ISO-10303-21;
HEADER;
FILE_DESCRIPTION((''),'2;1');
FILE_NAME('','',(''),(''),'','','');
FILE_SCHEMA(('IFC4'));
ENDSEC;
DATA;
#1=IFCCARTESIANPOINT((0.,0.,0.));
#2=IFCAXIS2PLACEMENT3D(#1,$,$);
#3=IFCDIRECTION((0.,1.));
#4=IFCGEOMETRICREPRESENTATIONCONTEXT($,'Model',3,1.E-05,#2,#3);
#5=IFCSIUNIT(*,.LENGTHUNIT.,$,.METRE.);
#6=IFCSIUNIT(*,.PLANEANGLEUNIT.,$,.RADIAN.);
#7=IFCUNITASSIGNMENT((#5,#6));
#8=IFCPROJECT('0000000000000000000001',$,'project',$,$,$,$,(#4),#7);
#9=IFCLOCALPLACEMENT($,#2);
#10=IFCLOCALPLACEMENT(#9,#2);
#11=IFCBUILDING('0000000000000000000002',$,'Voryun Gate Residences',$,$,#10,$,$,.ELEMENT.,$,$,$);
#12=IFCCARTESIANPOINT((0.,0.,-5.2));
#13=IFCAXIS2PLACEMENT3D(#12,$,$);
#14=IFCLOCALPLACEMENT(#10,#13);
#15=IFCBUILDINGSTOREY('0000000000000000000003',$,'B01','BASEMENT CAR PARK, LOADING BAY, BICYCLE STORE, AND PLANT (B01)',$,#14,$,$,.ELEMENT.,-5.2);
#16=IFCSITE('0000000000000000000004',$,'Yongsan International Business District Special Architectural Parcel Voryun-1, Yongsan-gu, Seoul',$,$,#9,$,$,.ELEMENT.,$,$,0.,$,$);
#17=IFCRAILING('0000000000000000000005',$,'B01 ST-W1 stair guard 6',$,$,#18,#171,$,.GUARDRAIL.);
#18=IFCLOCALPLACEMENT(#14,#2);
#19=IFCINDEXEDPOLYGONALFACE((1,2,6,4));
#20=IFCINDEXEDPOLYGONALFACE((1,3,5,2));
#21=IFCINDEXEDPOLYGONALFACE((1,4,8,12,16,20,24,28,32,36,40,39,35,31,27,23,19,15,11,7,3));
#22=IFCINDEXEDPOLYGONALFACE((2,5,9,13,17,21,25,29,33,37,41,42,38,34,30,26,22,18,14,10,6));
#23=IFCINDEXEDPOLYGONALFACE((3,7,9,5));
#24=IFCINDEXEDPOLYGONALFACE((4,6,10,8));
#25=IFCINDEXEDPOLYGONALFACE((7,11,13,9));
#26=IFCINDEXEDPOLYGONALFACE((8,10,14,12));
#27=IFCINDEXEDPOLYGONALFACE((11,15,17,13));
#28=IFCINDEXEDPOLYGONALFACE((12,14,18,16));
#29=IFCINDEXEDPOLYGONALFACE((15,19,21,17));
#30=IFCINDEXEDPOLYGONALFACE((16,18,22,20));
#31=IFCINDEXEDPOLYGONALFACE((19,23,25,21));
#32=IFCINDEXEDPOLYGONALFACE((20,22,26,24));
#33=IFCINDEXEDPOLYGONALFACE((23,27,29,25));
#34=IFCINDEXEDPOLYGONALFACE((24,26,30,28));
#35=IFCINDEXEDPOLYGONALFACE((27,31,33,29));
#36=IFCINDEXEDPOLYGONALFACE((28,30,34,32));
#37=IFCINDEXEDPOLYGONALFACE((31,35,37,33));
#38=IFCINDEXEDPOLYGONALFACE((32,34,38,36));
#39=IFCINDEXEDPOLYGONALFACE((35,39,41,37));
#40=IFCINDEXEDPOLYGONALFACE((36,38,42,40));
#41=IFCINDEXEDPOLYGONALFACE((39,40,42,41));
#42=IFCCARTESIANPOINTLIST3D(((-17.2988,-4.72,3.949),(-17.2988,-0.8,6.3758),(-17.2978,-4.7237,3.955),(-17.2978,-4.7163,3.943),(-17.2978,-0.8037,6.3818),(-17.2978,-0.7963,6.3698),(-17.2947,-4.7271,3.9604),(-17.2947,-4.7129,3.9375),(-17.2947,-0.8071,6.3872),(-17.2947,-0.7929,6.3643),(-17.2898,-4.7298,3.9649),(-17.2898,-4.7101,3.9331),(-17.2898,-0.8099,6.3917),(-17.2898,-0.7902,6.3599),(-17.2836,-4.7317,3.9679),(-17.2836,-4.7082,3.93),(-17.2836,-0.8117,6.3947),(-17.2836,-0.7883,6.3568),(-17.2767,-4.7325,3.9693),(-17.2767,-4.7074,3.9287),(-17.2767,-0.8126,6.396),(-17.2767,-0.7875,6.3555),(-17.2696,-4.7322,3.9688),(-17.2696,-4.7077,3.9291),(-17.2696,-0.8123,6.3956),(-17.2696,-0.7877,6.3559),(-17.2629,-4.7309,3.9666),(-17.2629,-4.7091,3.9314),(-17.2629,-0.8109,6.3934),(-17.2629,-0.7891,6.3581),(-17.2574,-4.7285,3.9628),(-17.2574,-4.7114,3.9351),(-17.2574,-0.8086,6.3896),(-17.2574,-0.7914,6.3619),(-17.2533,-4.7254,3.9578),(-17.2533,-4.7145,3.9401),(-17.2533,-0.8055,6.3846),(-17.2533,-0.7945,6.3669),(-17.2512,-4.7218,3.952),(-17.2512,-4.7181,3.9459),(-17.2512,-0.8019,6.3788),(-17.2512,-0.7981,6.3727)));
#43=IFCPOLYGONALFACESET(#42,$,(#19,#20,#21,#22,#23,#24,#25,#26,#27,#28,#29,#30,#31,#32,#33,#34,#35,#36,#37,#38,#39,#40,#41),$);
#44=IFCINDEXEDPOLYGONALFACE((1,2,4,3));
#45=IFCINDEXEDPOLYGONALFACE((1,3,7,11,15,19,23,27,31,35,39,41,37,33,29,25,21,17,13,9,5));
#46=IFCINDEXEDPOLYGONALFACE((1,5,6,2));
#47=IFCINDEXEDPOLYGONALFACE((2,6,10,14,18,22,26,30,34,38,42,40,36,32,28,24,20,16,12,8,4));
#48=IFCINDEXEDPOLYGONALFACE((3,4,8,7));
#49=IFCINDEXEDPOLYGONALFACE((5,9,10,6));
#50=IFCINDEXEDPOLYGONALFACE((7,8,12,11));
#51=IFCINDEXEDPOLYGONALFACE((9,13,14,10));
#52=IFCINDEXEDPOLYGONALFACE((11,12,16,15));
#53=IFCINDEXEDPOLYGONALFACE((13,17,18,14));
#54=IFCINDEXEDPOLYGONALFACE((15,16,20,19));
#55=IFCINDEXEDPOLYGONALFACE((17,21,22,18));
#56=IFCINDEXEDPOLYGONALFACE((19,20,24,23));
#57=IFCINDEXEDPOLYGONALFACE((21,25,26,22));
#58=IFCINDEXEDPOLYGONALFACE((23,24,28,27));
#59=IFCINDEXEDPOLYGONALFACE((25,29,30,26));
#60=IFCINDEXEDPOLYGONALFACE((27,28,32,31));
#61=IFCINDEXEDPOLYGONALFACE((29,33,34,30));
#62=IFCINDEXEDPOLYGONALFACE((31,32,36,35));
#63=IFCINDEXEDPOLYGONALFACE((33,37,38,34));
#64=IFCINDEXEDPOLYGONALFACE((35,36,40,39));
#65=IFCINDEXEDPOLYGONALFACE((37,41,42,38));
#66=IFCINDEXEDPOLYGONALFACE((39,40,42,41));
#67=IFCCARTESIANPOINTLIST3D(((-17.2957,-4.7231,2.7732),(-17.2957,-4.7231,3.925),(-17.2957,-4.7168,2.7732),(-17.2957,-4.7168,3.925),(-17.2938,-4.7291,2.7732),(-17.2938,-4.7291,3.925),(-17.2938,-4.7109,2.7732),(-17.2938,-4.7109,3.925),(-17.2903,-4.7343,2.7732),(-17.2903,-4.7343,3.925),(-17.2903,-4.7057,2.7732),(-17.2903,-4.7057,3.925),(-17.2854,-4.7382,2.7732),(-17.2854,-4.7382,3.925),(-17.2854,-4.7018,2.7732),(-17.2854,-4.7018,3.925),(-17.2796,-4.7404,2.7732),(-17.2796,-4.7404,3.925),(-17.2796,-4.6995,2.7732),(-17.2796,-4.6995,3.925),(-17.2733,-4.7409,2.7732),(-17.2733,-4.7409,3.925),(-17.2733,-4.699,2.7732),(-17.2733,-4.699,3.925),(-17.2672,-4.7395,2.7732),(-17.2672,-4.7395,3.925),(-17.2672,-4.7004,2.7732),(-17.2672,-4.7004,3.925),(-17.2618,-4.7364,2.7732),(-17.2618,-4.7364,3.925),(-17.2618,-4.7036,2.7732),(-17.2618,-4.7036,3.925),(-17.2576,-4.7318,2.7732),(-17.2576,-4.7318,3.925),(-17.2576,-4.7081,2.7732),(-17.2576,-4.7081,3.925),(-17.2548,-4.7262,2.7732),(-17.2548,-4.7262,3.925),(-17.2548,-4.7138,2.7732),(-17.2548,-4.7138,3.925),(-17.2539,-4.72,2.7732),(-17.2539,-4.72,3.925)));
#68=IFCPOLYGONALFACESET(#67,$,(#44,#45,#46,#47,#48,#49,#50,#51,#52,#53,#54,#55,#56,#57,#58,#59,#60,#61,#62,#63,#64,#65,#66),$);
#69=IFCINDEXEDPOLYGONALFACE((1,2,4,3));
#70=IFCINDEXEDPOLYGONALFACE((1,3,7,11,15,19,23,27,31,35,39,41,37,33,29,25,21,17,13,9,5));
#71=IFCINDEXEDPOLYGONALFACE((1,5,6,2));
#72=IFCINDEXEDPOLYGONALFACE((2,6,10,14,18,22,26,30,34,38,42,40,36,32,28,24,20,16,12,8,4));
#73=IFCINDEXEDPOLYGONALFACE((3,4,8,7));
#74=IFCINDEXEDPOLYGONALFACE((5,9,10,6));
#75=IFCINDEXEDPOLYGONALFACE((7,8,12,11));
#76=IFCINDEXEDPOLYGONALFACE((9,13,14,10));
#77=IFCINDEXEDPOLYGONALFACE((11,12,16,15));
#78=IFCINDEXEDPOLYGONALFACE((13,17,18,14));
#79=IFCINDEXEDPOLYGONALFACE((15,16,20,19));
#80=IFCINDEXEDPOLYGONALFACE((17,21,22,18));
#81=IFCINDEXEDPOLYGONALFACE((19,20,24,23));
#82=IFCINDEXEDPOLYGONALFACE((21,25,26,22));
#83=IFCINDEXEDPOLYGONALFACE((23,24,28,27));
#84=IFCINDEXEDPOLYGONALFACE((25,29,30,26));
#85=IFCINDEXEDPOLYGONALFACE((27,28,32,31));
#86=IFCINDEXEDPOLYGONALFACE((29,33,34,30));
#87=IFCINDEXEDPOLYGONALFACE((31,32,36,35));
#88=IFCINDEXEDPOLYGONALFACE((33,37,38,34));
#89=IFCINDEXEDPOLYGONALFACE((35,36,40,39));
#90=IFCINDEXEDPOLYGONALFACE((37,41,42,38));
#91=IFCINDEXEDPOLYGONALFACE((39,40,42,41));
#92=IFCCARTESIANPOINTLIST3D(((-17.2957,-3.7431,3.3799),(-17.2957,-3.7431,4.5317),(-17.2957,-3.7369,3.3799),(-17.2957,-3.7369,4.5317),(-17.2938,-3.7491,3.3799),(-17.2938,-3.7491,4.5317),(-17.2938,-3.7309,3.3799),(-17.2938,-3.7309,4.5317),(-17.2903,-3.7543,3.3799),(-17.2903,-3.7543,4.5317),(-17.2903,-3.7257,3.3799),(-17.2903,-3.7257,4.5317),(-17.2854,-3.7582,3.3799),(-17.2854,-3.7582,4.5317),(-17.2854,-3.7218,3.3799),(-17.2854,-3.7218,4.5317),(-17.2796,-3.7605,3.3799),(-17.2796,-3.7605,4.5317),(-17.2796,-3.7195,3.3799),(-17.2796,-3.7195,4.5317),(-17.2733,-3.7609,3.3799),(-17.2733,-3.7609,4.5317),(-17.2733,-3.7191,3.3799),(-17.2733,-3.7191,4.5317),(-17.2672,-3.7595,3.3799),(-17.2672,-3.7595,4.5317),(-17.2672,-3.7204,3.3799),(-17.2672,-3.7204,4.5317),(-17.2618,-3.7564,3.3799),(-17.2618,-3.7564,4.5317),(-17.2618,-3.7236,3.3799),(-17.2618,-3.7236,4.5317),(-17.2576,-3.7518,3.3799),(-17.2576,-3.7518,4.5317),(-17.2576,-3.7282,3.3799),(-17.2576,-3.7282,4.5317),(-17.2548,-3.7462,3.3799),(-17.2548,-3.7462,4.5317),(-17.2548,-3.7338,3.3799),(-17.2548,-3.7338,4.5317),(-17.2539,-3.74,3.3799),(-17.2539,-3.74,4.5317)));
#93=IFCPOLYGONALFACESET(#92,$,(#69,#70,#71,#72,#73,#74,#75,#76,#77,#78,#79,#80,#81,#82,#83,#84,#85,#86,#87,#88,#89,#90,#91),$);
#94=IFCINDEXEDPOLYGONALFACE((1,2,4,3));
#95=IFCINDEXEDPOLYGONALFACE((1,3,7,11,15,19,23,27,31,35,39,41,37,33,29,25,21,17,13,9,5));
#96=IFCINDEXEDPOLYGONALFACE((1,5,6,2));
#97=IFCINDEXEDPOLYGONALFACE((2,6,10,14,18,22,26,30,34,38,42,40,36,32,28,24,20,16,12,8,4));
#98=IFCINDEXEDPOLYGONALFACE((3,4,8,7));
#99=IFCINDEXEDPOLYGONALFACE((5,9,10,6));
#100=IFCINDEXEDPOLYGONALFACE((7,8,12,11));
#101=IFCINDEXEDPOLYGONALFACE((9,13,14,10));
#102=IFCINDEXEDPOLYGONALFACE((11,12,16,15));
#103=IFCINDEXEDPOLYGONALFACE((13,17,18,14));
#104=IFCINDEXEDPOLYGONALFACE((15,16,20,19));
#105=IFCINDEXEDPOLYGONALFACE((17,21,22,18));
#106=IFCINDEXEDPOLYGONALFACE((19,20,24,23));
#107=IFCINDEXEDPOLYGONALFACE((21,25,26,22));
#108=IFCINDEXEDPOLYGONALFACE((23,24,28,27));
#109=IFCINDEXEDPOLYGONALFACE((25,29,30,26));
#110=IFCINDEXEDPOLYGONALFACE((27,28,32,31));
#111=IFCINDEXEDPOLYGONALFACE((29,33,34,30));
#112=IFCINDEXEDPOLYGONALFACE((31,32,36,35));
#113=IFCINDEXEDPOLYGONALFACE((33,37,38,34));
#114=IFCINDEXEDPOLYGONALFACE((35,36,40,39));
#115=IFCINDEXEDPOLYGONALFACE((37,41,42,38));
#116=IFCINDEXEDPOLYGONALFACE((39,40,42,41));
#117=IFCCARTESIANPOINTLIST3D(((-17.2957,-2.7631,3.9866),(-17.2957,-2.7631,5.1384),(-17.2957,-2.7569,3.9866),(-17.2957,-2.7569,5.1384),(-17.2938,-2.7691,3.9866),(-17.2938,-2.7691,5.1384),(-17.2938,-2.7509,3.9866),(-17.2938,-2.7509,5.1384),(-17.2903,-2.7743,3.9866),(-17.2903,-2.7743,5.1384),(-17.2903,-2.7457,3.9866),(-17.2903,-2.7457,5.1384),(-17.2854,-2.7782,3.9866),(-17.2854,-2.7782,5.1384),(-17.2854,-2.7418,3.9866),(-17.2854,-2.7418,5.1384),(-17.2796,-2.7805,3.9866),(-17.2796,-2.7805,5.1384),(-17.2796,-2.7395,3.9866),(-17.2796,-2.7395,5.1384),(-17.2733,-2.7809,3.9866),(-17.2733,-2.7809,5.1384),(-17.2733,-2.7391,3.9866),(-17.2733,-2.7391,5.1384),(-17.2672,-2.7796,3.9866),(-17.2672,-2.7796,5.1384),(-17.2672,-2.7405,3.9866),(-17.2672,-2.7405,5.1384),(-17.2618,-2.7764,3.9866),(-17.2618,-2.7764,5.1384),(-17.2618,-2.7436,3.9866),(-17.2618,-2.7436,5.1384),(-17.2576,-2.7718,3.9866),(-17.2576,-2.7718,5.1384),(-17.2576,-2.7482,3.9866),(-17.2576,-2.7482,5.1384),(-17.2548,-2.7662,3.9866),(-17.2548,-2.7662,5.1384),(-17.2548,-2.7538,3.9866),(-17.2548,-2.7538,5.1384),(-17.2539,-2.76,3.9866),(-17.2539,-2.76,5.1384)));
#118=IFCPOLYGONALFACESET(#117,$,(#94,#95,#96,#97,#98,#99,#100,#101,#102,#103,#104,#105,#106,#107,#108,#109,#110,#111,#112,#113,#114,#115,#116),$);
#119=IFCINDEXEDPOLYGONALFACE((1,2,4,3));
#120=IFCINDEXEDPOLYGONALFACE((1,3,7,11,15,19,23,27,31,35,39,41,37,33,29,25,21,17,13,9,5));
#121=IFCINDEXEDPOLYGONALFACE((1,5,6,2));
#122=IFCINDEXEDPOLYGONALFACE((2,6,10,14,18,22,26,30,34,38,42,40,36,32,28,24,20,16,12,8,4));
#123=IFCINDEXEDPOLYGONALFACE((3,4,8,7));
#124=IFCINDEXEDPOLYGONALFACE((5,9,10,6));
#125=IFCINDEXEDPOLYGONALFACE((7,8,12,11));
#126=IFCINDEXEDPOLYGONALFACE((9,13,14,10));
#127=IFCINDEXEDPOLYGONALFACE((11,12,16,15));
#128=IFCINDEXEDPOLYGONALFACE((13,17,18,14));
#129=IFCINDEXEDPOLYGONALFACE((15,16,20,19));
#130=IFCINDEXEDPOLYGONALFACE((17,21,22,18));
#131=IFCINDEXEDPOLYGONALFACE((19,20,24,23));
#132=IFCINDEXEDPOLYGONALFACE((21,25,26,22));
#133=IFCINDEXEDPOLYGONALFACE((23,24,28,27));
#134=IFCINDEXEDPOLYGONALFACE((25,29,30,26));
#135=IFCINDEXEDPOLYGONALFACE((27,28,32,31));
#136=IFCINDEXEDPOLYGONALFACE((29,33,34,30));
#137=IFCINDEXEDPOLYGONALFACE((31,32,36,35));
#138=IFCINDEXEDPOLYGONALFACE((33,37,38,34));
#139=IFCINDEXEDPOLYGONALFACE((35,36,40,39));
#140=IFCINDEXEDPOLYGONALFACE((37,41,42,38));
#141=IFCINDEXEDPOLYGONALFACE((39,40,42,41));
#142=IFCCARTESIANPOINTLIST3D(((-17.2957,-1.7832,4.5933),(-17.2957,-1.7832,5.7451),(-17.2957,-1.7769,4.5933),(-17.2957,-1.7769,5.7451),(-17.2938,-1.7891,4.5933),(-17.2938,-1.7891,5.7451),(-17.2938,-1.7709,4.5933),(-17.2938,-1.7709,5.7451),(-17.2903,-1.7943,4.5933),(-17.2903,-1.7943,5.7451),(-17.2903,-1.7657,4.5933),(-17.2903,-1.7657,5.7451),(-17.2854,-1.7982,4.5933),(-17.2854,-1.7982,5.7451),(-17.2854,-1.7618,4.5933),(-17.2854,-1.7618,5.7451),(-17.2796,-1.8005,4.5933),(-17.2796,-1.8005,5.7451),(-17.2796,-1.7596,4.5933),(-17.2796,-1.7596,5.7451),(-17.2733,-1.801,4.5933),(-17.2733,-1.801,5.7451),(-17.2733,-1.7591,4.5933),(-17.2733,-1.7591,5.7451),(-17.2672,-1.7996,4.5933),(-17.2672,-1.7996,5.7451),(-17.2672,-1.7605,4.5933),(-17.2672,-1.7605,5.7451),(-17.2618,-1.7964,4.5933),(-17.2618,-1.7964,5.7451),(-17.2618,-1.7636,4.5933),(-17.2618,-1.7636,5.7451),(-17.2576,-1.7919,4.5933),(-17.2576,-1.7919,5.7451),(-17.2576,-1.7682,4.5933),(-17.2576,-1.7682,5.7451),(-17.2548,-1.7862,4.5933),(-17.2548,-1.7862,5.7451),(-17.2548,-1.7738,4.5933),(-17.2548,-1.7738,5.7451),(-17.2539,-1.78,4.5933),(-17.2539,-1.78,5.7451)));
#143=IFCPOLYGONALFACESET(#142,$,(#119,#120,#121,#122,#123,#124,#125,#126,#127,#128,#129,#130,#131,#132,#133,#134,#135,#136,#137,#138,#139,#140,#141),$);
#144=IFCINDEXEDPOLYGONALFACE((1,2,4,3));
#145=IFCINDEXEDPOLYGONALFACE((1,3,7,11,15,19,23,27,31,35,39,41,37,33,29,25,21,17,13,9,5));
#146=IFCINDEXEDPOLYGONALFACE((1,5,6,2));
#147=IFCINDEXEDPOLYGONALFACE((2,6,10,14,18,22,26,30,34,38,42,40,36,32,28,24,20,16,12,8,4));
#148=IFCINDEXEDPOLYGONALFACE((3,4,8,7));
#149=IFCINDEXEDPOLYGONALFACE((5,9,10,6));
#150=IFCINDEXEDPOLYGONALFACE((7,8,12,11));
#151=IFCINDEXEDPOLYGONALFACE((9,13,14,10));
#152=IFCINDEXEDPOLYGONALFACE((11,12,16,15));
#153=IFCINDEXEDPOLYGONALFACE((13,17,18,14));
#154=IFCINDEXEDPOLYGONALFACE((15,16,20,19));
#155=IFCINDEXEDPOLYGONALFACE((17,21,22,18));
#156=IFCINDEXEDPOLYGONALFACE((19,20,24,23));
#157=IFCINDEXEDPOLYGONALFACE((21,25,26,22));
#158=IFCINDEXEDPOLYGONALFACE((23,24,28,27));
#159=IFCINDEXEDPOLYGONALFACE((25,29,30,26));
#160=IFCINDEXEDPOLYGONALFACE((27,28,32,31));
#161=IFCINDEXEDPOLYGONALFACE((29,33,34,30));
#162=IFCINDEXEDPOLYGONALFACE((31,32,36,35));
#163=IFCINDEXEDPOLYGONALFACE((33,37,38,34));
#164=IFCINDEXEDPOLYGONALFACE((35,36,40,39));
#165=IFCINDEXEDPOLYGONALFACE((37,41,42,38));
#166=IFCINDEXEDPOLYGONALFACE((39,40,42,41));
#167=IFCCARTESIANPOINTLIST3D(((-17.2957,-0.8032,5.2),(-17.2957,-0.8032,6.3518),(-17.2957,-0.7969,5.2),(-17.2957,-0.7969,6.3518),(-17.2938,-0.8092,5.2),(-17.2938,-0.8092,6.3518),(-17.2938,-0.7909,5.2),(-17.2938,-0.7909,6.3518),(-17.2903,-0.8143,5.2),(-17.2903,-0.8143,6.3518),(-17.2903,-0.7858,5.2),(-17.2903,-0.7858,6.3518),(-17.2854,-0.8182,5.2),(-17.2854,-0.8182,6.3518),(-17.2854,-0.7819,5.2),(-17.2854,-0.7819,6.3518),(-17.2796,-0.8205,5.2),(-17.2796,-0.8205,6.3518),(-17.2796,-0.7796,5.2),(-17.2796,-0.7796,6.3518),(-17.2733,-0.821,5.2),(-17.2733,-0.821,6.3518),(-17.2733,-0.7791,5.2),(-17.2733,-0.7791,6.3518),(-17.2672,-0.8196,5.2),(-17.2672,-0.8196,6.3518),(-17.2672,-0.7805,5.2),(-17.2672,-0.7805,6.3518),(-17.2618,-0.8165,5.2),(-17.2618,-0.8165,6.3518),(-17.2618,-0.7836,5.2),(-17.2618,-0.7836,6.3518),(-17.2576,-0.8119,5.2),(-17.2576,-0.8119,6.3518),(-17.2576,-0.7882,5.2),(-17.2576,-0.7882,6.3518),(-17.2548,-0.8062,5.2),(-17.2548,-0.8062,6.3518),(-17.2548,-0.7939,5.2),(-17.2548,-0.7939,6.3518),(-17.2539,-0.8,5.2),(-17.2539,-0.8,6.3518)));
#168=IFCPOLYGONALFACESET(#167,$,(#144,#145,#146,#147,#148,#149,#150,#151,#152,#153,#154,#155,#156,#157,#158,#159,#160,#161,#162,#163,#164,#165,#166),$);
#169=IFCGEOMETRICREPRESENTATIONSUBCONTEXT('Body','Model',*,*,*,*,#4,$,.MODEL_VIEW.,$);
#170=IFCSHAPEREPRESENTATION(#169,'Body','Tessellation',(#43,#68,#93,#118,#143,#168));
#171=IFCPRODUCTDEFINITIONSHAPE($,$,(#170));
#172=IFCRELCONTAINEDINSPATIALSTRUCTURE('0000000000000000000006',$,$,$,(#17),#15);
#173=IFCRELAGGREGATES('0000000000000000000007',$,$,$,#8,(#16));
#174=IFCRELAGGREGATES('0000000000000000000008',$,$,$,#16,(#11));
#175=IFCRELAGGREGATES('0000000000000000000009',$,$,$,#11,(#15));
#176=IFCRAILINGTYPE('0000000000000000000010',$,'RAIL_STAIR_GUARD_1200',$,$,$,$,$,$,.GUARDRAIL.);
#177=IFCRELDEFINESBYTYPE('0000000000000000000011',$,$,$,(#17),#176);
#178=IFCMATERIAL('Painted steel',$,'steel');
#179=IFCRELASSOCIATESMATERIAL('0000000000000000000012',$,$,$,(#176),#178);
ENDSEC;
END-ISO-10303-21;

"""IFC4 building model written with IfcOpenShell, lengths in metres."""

from ifc_helpers import new_model, si_unit, direction, frame, origin, origin_2d, place, context, subcontext, project, spatial, circle, extrude, material, type_object, element, save


model = new_model("IFC4")

# Units and contexts
model_context = context("Model", 3, precision=1e-05, world=origin(), true_north=direction((0.0, 1.0)))
body_context = subcontext(model_context, "Body", "Model", "MODEL_VIEW")
ifc_project = project(units=[si_unit("LENGTHUNIT", "METRE"), si_unit("PLANEANGLEUNIT", "RADIAN")], contexts=[model_context])

# Site, building, storey
site_placement = place(None, origin())
site = spatial("IfcSite", under=ifc_project, at=site_placement, Name="Yongsan International Business District Special Architectural Parcel Voryun-1, Yongsan-gu, Seoul", CompositionType="ELEMENT", RefElevation=0.0)
building_placement = place(site_placement, origin())
building = spatial("IfcBuilding", under=site, at=building_placement, Name="Voryun Gate Residences", CompositionType="ELEMENT")
storey_placement = place(building_placement, frame((0.0, 0.0, -5.2)))
storey = spatial("IfcBuildingStorey", under=building, at=storey_placement, Name="B01", Description="BASEMENT CAR PARK, LOADING BAY, BICYCLE STORE, AND PLANT (B01)", CompositionType="ELEMENT", Elevation=-5.2)

# Railing
ifc_material_1 = material(Name="Painted steel", Category="steel")
railing_type_1 = type_object("IfcRailingType", Name="RAIL_STAIR_GUARD_1200", PredefinedType="GUARDRAIL", material=ifc_material_1)
railing_1_placement = place(storey_placement, frame((-17.2749, -4.72, 2.7732)))
element("IfcRailing", 1, at=railing_1_placement, inside=storey, type_object=railing_type_1, Name="B01 ST-W1 stair guard 6", PredefinedType="GUARDRAIL", context=body_context, shape_type="SweptSolid", body=[
    extrude(circle(Radius=0.0239, at=origin_2d()), frame((0.0, 0.0, 1.1758), z_axis=(0.0, 0.850252, 0.526376), x_axis=(-1.0, 0.0, 0.0)), (0.0, 0.0, 1.0), 4.6104),
    extrude(circle(Radius=0.021, at=origin_2d()), origin(), (0.0, 0.0, 1.0), 1.1519),
    extrude(circle(Radius=0.021, at=origin_2d()), frame((0.0, 0.98, 0.6067)), (0.0, 0.0, 1.0), 1.1519),
    extrude(circle(Radius=0.021, at=origin_2d()), frame((0.0, 1.96, 1.2134)), (0.0, 0.0, 1.0), 1.1519),
    extrude(circle(Radius=0.021, at=origin_2d()), frame((0.0, 2.9399, 1.8201)), (0.0, 0.0, 1.0), 1.1519),
    extrude(circle(Radius=0.021, at=origin_2d()), frame((0.0, 3.9199, 2.4268)), (0.0, 0.0, 1.0), 1.1519),
])

save(model, "model.ifc")
